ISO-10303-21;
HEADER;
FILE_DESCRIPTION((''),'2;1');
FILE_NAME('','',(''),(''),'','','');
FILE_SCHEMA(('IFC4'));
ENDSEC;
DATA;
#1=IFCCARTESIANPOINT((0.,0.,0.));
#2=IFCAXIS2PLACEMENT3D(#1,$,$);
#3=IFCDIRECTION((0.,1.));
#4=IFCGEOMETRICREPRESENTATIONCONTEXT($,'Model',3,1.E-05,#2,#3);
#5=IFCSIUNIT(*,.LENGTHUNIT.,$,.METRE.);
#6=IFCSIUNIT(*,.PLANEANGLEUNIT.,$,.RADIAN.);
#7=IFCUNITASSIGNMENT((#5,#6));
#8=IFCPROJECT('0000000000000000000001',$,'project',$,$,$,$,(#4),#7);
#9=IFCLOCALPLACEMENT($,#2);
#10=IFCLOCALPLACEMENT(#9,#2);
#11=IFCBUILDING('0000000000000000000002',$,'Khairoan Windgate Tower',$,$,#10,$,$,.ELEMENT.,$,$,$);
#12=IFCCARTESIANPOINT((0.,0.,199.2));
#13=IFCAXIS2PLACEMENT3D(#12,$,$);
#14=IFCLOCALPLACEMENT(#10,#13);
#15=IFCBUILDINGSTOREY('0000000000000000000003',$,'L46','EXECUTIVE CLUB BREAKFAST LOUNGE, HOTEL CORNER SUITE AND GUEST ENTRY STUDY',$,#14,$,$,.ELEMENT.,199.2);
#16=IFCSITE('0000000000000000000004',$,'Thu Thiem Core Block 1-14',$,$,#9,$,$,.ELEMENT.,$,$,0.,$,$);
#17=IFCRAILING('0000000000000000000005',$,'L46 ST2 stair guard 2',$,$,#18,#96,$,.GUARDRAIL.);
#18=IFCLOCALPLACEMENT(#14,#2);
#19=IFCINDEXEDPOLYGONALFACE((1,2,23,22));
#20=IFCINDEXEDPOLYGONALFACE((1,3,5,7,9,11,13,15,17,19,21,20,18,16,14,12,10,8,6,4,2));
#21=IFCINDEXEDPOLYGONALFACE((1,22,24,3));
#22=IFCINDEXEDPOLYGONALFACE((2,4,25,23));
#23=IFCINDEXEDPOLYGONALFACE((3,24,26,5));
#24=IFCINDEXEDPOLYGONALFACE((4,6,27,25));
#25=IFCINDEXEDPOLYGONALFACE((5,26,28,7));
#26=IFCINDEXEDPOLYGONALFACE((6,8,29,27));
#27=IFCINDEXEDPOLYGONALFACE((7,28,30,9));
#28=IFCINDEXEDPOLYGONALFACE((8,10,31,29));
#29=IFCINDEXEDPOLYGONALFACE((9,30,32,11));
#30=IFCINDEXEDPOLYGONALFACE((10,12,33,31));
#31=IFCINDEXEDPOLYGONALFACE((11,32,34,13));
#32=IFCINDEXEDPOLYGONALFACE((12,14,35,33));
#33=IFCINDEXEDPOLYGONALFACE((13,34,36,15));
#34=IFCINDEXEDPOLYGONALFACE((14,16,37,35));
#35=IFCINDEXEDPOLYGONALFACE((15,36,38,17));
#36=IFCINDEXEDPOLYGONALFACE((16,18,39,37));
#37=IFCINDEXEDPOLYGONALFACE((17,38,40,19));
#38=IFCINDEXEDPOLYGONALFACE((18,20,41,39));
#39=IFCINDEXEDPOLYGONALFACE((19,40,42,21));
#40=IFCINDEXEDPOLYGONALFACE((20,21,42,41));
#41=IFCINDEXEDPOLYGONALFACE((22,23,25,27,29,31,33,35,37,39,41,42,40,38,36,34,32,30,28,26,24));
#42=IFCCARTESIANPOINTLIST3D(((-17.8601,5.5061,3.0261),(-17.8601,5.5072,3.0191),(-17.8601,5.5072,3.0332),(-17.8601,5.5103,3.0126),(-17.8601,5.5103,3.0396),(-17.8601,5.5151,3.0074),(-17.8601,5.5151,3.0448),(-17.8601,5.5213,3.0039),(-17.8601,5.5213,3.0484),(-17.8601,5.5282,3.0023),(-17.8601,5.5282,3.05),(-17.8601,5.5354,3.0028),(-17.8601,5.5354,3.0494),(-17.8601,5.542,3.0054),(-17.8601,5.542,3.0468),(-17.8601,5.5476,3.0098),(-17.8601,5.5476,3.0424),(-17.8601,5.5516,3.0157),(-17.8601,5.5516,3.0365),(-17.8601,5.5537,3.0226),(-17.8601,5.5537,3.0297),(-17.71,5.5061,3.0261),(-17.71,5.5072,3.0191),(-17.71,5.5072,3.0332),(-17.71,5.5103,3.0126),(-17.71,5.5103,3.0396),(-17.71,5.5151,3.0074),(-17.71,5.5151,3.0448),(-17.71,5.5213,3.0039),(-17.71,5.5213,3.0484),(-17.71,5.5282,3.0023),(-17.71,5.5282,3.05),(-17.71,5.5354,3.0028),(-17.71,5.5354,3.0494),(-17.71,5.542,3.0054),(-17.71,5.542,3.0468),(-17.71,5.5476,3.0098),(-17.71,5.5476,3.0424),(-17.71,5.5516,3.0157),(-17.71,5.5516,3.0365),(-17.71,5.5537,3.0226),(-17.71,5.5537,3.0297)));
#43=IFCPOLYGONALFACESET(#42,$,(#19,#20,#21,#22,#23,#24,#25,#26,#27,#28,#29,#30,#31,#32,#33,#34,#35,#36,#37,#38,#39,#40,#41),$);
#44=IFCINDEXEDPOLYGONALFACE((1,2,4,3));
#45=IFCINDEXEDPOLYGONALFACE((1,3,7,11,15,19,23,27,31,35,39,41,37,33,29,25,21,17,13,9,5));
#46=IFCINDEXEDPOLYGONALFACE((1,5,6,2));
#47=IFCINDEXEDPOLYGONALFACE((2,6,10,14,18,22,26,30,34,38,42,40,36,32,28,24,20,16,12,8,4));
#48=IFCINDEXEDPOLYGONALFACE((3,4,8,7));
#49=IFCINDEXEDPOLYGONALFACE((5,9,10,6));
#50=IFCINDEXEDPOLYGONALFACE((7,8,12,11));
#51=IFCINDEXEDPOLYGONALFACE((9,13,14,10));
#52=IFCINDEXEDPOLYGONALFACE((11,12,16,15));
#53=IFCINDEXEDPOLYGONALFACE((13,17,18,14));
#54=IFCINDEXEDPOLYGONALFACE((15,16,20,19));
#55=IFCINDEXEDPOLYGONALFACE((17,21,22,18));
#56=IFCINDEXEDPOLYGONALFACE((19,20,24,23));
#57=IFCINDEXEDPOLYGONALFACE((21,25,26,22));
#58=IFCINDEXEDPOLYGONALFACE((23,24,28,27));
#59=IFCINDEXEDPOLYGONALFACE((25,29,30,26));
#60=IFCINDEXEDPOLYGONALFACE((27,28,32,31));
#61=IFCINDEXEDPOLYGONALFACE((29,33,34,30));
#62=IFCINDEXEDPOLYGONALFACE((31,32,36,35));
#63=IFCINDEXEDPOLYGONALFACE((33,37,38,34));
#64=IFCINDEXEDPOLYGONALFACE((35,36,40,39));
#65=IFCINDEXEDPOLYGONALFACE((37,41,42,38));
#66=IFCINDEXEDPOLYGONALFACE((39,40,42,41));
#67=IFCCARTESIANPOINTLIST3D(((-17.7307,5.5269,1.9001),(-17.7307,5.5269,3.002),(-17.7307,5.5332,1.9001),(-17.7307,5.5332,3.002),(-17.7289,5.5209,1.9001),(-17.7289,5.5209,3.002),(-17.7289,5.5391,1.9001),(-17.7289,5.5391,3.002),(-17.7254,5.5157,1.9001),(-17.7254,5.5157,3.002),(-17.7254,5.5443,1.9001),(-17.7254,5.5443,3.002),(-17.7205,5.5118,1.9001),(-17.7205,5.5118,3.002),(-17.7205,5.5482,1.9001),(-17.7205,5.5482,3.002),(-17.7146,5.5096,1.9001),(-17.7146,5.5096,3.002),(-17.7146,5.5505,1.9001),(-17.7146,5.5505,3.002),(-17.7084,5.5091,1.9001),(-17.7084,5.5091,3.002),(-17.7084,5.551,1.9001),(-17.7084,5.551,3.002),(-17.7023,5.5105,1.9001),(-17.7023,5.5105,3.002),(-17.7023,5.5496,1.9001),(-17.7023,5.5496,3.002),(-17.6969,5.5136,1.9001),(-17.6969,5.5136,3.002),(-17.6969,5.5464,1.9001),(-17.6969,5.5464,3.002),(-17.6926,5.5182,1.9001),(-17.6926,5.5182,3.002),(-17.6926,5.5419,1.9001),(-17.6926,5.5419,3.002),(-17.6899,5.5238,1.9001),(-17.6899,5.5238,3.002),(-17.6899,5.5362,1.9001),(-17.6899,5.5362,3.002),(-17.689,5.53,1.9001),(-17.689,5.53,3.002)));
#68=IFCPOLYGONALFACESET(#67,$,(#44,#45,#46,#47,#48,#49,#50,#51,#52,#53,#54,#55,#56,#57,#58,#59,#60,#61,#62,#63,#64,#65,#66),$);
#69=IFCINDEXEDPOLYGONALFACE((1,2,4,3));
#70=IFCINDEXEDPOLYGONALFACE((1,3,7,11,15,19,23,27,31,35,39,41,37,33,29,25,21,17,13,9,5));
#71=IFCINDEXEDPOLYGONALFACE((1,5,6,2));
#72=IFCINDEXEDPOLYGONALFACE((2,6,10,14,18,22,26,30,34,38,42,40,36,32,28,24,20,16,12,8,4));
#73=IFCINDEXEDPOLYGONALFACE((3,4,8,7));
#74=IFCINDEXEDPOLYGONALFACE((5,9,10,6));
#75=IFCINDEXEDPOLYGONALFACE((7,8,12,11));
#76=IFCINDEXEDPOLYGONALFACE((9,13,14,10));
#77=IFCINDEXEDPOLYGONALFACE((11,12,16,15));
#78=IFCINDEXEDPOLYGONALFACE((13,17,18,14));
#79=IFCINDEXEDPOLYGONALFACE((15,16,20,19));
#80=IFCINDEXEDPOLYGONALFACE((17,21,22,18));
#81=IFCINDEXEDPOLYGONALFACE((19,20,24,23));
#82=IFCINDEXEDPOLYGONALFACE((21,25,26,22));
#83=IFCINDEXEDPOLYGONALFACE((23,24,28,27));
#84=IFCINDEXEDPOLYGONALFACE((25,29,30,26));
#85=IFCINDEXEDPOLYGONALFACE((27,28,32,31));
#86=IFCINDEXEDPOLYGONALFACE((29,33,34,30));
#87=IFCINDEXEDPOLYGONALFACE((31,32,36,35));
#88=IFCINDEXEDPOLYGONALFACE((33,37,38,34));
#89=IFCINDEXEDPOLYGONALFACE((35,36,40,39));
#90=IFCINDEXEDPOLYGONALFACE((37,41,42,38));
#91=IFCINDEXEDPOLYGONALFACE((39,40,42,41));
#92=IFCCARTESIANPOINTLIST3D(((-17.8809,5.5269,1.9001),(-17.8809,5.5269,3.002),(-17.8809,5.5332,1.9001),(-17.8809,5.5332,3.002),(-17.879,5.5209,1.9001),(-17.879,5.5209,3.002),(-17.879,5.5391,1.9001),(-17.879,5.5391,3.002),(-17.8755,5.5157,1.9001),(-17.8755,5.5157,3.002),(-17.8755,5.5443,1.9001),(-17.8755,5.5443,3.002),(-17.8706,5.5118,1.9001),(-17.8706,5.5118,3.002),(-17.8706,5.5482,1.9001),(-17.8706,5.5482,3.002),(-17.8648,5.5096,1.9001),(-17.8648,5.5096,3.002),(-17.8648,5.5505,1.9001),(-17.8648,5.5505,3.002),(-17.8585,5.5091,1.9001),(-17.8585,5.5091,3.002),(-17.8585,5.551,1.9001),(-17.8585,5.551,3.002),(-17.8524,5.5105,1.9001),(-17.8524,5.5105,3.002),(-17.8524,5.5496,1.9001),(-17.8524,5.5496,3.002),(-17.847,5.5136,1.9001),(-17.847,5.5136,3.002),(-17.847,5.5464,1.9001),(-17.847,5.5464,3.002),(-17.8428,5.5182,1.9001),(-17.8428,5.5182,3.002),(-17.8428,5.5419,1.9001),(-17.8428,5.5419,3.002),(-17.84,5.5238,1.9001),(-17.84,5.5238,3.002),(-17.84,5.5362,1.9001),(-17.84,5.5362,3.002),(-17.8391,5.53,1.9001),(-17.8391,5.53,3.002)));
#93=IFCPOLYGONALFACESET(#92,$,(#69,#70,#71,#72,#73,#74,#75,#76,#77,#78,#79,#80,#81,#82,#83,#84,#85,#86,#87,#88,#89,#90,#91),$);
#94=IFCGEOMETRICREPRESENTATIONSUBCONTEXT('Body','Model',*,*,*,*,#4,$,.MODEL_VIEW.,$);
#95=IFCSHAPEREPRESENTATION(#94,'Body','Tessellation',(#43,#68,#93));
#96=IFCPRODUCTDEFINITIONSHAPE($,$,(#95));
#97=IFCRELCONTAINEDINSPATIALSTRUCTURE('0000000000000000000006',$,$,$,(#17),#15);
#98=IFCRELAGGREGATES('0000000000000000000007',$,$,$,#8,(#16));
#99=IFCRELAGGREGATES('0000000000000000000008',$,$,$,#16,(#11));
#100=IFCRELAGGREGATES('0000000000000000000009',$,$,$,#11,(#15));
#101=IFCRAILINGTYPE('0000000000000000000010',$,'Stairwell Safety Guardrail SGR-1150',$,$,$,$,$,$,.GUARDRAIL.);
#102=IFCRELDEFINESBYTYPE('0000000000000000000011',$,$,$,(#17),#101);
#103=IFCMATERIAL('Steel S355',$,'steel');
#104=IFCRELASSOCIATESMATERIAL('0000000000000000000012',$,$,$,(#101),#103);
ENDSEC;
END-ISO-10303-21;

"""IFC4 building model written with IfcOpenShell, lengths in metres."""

from ifc_helpers import new_model, si_unit, direction, frame, origin, origin_2d, place, context, subcontext, project, spatial, circle, extrude, material, type_object, element, save


model = new_model("IFC4")

# Units and contexts
model_context = context("Model", 3, precision=1e-05, world=origin(), true_north=direction((0.0, 1.0)))
body_context = subcontext(model_context, "Body", "Model", "MODEL_VIEW")
ifc_project = project(units=[si_unit("LENGTHUNIT", "METRE"), si_unit("PLANEANGLEUNIT", "RADIAN")], contexts=[model_context])

# Site, building, storey
site_placement = place(None, origin())
site = spatial("IfcSite", under=ifc_project, at=site_placement, Name="Thu Thiem Core Block 1-14", CompositionType="ELEMENT", RefElevation=0.0)
building_placement = place(site_placement, origin())
building = spatial("IfcBuilding", under=site, at=building_placement, Name="Khairoan Windgate Tower", CompositionType="ELEMENT")
storey_placement = place(building_placement, frame((0.0, 0.0, 199.2)))
storey = spatial("IfcBuildingStorey", under=building, at=storey_placement, Name="L46", Description="EXECUTIVE CLUB BREAKFAST LOUNGE, HOTEL CORNER SUITE AND GUEST ENTRY STUDY", CompositionType="ELEMENT", Elevation=199.2)

# Railing
ifc_material_1 = material(Name="Steel S355", Category="steel")
railing_type_1 = type_object("IfcRailingType", Name="Stairwell Safety Guardrail SGR-1150", PredefinedType="GUARDRAIL", material=ifc_material_1)
railing_1_placement = place(storey_placement, frame((-17.71, 5.53, 1.9001)))
element("IfcRailing", 1, at=railing_1_placement, inside=storey, type_object=railing_type_1, Name="L46 ST2 stair guard 2", PredefinedType="GUARDRAIL", context=body_context, shape_type="SweptSolid", body=[
    extrude(circle(Radius=0.0239, at=origin_2d()), frame((0.0, 0.0, 1.126), z_axis=(-1.0, 0.0, 0.0), x_axis=(0.0, -1.0, 0.0)), (0.0, 0.0, 1.0), 0.1501),
    extrude(circle(Radius=0.021, at=origin_2d()), origin(), (0.0, 0.0, 1.0), 1.1018),
    extrude(circle(Radius=0.021, at=origin_2d()), frame((-0.1501, 0.0, 0.0)), (0.0, 0.0, 1.0), 1.1018),
])

save(model, "model.ifc")
